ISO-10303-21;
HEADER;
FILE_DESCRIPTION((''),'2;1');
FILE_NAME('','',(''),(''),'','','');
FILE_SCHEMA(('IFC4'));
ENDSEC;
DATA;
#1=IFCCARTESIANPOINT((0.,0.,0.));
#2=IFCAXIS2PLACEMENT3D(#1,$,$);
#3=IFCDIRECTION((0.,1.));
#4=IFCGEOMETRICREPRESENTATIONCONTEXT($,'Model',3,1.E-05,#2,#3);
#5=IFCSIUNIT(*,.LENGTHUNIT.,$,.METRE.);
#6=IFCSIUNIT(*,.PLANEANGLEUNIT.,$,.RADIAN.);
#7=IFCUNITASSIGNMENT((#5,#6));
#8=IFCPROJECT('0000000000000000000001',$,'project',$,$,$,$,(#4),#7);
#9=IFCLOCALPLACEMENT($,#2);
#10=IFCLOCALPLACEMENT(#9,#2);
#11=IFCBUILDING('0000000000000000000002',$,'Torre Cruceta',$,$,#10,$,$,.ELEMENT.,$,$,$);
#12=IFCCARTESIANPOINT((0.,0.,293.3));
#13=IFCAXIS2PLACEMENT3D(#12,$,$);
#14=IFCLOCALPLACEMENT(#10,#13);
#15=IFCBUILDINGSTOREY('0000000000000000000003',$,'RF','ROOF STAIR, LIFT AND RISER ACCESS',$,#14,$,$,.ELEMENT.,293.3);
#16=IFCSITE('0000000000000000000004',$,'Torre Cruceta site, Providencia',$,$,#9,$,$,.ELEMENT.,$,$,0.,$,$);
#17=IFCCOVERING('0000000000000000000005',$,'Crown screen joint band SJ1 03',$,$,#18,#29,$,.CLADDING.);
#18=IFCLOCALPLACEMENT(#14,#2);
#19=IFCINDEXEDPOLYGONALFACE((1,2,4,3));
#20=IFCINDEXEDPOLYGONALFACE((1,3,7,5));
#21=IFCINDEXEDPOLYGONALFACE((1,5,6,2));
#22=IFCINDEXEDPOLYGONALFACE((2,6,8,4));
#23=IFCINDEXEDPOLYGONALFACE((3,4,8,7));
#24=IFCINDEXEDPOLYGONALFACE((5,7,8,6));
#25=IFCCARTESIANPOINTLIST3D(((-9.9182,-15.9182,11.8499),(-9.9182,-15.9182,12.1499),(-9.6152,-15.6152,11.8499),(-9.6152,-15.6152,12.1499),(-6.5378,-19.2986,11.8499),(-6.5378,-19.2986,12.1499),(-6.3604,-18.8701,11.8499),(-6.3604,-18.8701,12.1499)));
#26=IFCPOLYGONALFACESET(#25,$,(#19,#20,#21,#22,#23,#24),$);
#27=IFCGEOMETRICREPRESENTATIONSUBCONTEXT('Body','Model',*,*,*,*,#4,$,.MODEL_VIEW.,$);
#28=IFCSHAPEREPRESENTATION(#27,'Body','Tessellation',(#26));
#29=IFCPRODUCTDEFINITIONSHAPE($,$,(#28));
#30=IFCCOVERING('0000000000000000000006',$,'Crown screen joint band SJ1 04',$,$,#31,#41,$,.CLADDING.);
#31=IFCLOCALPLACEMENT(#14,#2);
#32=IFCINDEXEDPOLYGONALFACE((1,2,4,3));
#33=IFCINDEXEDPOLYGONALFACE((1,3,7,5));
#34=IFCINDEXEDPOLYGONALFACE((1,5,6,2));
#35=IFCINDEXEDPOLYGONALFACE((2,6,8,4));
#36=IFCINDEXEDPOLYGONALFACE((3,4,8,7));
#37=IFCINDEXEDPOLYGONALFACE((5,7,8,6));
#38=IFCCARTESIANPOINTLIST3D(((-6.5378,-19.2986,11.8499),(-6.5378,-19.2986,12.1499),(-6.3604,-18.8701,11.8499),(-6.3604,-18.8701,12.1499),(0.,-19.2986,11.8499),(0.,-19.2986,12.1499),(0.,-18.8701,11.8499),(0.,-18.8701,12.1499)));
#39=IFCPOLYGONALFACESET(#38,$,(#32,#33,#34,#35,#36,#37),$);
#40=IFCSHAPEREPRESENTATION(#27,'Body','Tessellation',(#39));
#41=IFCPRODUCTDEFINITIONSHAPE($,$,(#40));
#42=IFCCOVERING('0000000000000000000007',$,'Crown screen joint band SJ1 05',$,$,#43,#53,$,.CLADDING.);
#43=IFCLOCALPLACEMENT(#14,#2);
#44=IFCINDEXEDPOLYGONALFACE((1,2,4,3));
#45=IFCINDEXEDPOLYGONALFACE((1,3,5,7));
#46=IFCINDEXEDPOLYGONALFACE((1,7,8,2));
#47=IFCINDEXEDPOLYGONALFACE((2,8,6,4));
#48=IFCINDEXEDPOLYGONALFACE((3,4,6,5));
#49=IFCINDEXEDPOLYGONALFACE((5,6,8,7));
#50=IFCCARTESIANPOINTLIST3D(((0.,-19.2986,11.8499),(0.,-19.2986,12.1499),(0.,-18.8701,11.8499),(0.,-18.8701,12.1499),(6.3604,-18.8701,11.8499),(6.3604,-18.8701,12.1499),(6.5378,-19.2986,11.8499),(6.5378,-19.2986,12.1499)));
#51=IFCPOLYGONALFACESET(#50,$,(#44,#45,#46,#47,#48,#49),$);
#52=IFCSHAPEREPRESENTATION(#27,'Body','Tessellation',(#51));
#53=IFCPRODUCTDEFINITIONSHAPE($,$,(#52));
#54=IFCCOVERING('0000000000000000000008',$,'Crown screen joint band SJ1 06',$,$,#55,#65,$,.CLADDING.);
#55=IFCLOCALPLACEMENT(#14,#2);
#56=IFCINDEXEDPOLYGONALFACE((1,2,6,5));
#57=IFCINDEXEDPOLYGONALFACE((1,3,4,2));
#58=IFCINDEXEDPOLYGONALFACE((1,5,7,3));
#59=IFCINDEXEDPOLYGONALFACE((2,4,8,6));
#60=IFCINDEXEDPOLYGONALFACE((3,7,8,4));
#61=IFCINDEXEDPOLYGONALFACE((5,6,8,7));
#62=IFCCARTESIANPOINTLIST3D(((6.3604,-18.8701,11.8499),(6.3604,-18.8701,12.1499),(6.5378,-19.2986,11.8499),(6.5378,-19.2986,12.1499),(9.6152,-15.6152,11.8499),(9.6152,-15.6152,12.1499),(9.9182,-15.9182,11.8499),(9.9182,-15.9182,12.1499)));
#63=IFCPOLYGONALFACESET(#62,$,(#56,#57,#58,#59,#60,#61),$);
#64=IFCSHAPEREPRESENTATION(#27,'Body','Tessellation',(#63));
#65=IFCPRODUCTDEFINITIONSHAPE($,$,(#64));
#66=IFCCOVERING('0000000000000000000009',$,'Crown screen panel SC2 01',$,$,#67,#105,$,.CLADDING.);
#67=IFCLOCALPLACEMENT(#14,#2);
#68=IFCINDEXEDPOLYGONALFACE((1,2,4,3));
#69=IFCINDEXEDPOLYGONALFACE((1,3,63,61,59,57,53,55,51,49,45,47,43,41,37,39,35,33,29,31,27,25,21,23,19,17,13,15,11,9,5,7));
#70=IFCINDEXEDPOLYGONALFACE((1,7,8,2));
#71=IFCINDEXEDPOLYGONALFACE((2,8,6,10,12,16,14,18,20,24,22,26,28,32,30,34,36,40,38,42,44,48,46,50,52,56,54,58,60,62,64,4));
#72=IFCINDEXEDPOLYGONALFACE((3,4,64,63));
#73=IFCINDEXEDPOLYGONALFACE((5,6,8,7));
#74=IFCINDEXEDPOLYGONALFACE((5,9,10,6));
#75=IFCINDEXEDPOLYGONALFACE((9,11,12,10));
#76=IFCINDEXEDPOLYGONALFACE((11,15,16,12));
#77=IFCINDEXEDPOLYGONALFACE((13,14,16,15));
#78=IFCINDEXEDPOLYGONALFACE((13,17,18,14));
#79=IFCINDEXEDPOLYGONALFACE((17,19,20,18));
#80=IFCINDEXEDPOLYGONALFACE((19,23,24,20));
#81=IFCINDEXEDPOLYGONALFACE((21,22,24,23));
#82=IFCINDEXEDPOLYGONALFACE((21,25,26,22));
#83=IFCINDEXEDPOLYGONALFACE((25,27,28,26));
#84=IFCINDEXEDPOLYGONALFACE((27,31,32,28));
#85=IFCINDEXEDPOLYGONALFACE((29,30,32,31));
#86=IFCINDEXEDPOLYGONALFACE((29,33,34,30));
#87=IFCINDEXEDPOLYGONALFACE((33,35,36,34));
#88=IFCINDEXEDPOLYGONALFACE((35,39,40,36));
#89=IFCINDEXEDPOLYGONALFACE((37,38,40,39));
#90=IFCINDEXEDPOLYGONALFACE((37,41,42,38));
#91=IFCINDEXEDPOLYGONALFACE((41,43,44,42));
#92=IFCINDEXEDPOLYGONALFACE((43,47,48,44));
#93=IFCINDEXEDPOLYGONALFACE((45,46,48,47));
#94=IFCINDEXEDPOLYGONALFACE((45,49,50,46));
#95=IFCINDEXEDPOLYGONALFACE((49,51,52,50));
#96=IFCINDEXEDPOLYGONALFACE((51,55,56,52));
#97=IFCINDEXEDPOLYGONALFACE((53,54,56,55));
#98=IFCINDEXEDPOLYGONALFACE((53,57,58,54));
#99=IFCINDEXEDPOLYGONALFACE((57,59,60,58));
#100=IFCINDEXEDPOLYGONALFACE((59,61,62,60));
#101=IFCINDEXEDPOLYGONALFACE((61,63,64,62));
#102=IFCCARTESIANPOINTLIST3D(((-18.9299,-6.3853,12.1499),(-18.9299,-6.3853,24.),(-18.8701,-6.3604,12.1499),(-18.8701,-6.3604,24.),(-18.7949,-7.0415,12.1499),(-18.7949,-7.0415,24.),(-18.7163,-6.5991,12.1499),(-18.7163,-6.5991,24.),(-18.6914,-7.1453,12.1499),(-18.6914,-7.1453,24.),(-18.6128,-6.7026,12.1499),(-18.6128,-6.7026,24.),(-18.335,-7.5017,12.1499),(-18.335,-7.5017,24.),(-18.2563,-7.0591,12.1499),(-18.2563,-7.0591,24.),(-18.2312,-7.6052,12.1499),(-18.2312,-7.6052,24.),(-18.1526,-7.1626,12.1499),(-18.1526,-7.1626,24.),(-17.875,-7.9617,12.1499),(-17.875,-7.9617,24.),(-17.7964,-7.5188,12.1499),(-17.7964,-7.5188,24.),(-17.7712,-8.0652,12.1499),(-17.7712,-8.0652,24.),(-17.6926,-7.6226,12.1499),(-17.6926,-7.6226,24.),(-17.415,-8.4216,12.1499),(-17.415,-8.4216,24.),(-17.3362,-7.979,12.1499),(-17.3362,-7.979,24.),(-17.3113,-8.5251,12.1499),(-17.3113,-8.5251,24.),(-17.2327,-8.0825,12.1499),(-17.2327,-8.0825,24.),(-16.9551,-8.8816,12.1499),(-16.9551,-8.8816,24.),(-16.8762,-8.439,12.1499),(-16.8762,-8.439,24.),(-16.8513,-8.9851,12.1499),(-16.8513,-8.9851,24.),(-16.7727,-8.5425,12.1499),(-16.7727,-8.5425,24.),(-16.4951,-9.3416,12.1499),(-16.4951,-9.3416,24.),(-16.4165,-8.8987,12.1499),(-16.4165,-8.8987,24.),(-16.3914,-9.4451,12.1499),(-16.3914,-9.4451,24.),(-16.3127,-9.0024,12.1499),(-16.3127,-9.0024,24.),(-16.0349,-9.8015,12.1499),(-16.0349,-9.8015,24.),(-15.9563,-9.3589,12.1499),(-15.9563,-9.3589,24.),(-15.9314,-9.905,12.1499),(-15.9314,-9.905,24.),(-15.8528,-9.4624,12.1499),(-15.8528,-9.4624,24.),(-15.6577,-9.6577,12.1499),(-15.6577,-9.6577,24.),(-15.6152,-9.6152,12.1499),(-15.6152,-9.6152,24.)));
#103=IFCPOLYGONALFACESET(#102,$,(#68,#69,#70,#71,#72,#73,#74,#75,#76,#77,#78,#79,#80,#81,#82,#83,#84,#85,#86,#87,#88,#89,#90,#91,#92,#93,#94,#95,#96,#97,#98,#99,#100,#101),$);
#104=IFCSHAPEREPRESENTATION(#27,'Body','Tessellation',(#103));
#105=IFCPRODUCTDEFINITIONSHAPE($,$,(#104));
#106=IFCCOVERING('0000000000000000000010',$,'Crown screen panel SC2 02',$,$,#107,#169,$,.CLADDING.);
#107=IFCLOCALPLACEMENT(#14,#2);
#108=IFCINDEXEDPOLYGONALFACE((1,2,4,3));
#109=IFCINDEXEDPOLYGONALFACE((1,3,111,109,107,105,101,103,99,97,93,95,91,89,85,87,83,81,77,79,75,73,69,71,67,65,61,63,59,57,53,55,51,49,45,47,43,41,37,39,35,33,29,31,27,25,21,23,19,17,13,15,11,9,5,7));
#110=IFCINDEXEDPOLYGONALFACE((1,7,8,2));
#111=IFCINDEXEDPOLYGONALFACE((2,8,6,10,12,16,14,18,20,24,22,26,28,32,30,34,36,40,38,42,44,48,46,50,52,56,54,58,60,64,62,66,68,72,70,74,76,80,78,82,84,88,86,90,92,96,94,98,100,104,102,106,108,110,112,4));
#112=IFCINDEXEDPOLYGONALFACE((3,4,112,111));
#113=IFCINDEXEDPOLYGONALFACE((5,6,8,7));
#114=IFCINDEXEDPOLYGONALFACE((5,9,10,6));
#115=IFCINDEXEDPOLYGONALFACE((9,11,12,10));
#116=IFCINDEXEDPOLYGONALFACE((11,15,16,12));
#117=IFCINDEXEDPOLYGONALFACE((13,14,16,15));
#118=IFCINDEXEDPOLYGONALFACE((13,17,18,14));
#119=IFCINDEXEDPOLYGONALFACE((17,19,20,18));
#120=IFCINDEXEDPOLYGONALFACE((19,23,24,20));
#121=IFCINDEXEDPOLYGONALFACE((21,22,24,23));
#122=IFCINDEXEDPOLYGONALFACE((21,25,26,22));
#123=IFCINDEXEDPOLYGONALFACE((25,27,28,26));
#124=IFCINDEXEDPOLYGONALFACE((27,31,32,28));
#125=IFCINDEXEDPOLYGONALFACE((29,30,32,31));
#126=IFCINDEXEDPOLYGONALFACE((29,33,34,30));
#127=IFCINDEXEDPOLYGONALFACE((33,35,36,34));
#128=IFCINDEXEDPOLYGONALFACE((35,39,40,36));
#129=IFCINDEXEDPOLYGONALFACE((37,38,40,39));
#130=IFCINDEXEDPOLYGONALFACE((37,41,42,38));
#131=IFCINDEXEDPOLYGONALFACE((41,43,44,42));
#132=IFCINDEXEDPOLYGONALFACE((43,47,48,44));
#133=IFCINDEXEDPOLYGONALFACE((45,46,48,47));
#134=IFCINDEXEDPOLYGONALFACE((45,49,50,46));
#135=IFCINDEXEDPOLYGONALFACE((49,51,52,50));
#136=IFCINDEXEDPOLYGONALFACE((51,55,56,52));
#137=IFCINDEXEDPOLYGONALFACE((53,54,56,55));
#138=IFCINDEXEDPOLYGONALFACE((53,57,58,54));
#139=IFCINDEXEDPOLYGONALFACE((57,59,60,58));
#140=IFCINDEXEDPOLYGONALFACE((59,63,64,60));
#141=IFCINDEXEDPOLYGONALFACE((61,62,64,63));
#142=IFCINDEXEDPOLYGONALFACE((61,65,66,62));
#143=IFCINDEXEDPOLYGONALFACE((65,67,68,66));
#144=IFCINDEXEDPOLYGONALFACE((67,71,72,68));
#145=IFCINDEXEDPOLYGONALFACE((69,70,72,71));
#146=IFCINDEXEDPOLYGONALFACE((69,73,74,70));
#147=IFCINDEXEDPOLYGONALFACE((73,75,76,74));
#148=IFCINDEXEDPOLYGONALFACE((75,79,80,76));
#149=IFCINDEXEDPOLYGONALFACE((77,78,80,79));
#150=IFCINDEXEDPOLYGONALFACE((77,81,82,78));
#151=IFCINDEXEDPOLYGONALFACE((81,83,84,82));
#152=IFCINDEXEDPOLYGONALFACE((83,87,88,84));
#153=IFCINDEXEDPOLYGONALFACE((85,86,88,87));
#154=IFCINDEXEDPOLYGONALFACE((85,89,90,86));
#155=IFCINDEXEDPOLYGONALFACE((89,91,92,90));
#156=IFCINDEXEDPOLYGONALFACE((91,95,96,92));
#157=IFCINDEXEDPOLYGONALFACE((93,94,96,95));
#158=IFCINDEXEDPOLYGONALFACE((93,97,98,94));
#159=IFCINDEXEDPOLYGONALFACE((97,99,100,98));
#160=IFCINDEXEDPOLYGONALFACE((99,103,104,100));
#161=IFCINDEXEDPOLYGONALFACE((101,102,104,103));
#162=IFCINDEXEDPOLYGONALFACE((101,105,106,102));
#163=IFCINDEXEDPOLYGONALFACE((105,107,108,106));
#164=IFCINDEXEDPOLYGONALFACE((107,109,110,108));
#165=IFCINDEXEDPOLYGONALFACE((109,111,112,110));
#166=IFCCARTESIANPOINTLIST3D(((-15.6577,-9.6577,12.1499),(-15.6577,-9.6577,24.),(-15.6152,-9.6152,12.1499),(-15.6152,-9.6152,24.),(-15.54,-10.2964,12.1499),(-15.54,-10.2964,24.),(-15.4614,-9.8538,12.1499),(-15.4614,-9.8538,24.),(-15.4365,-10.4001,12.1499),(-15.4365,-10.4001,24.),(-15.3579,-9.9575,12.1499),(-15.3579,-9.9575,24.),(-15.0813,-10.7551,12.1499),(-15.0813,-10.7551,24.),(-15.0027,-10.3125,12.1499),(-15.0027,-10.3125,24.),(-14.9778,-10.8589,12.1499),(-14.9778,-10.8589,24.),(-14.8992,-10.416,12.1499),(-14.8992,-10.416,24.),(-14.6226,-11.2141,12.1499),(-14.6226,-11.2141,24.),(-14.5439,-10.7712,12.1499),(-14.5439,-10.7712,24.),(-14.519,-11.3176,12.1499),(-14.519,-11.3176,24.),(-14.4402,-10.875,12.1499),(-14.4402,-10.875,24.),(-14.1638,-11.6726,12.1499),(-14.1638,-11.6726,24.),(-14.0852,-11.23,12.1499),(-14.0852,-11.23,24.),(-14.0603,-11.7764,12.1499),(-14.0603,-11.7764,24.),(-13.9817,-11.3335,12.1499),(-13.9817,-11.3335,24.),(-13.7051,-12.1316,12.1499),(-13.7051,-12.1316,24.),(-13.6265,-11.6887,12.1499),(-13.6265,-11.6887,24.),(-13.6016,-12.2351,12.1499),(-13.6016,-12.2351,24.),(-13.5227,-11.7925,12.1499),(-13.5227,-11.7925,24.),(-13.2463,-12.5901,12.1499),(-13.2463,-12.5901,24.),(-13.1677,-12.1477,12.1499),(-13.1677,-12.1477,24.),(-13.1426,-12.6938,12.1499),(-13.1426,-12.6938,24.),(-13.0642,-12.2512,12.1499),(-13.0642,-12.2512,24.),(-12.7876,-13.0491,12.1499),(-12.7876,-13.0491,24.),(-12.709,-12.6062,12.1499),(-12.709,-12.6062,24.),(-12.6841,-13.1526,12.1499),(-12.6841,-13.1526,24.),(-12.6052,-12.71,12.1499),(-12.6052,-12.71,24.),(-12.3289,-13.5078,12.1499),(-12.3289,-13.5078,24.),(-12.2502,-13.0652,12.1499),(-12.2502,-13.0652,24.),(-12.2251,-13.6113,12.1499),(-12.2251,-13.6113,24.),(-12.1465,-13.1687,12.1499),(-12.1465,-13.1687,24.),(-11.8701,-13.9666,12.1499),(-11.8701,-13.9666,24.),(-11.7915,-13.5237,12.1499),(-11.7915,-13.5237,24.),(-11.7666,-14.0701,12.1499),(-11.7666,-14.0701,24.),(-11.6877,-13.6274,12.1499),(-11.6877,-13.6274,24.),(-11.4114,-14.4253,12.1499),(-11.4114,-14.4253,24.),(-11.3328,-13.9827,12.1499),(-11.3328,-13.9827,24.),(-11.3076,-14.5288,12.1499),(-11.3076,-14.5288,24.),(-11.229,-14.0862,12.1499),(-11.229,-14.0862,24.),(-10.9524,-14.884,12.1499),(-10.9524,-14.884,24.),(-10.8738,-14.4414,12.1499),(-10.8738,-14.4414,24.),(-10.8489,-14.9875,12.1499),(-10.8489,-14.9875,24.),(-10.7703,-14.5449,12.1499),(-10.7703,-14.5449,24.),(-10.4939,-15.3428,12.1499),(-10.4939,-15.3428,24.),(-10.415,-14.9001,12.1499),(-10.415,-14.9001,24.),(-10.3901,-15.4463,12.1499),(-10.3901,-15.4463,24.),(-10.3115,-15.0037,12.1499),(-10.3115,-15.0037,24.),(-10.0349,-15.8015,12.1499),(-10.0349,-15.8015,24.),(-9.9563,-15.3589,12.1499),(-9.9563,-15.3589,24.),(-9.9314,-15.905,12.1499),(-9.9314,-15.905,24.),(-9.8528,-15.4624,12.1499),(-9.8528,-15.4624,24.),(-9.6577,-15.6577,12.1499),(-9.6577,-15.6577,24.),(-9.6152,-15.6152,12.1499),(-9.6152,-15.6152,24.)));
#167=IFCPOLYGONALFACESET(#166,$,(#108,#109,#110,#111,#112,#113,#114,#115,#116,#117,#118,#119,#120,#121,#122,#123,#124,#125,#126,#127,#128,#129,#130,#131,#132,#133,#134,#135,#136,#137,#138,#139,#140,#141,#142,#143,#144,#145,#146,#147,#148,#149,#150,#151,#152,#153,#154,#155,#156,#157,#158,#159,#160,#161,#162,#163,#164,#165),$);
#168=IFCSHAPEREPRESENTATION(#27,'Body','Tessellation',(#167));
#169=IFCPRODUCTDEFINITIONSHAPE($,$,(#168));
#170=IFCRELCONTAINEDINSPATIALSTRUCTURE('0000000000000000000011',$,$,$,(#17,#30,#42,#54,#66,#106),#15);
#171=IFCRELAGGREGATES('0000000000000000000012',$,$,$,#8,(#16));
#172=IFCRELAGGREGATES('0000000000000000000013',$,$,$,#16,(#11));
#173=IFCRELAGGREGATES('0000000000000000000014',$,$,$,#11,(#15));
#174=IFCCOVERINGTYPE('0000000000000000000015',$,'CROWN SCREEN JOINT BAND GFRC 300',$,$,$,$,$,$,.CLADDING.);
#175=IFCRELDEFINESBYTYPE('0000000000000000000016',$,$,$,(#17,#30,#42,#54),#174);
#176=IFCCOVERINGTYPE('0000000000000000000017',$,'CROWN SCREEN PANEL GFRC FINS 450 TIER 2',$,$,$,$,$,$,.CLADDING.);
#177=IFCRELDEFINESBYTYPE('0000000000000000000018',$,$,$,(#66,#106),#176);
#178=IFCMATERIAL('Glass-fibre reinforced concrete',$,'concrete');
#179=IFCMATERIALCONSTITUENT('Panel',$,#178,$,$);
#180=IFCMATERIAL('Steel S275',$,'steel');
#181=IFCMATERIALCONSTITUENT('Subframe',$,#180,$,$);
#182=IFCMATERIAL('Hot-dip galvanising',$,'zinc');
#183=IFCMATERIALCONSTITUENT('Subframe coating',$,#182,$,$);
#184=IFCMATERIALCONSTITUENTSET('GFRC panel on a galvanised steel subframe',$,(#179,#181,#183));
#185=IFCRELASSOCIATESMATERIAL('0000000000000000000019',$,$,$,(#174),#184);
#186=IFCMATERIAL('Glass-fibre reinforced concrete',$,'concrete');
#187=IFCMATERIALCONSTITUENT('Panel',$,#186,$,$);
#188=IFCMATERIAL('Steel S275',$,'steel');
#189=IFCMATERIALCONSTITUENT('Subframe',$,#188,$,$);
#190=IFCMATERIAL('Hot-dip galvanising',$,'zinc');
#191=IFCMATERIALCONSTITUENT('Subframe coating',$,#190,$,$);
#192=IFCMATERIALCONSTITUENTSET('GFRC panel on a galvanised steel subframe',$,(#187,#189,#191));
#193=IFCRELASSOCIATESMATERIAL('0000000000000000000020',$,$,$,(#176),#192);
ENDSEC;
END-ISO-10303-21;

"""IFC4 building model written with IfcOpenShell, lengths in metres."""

from ifc_helpers import new_model, si_unit, direction, frame, origin, place, context, subcontext, project, spatial, polyline, outline, extrude, material, constituent, constituent_set, type_object, element, save


model = new_model("IFC4")

# Units and contexts
model_context = context("Model", 3, precision=1e-05, world=origin(), true_north=direction((0.0, 1.0)))
body_context = subcontext(model_context, "Body", "Model", "MODEL_VIEW")
ifc_project = project(units=[si_unit("LENGTHUNIT", "METRE"), si_unit("PLANEANGLEUNIT", "RADIAN")], contexts=[model_context])

# Site, building, storey
site_placement = place(None, origin())
site = spatial("IfcSite", under=ifc_project, at=site_placement, Name="Torre Cruceta site, Providencia", CompositionType="ELEMENT", RefElevation=0.0)
building_placement = place(site_placement, origin())
building = spatial("IfcBuilding", under=site, at=building_placement, Name="Torre Cruceta", CompositionType="ELEMENT")
storey_placement = place(building_placement, frame((0.0, 0.0, 293.3)))
storey = spatial("IfcBuildingStorey", under=building, at=storey_placement, Name="RF", Description="ROOF STAIR, LIFT AND RISER ACCESS", CompositionType="ELEMENT", Elevation=293.3)

# Coverings
ifc_material_1 = material(Name="Glass-fibre reinforced concrete", Category="concrete")
ifc_constituent_1 = constituent(ifc_material_1, Name="Panel")
ifc_material_2 = material(Name="Steel S275", Category="steel")
ifc_constituent_2 = constituent(ifc_material_2, Name="Subframe")
ifc_material_3 = material(Name="Hot-dip galvanising", Category="zinc")
ifc_constituent_3 = constituent(ifc_material_3, Name="Subframe coating")
ifc_constituent_set_1 = constituent_set(constituents=[ifc_constituent_1, ifc_constituent_2, ifc_constituent_3], Name="GFRC panel on a galvanised steel subframe")
covering_type_1 = type_object("IfcCoveringType", Name="CROWN SCREEN JOINT BAND GFRC 300", PredefinedType="CLADDING", material=ifc_constituent_set_1)
covering_1_placement = place(storey_placement, frame((0.0, 0.0, 11.8499)))
element("IfcCovering", 1, at=covering_1_placement, inside=storey, type_object=covering_type_1, Name="Crown screen joint band SJ1 03", PredefinedType="CLADDING", context=body_context, shape_type="SweptSolid", body=[
    extrude(outline(polyline([(-9.9182, -15.9182), (-6.5378, -19.2986), (-6.3604, -18.8701), (-9.6152, -15.6152), (-9.9182, -15.9182)])), origin(), (0.0, 0.0, 1.0), 0.3),
])
covering_2_placement = place(storey_placement, frame((0.0, 0.0, 11.8499)))
element("IfcCovering", 2, at=covering_2_placement, inside=storey, type_object=covering_type_1, Name="Crown screen joint band SJ1 04", PredefinedType="CLADDING", context=body_context, shape_type="SweptSolid", body=[
    extrude(outline(polyline([(-6.5378, -19.2986), (0.0, -19.2986), (0.0, -18.8701), (-6.3604, -18.8701), (-6.5378, -19.2986)])), origin(), (0.0, 0.0, 1.0), 0.3),
])
covering_3_placement = place(storey_placement, frame((0.0, 0.0, 11.8499)))
element("IfcCovering", 3, at=covering_3_placement, inside=storey, type_object=covering_type_1, Name="Crown screen joint band SJ1 05", PredefinedType="CLADDING", context=body_context, shape_type="SweptSolid", body=[
    extrude(outline(polyline([(0.0, -19.2986), (6.5378, -19.2986), (6.3604, -18.8701), (0.0, -18.8701), (0.0, -19.2986)])), origin(), (0.0, 0.0, 1.0), 0.3),
])
covering_4_placement = place(storey_placement, frame((0.0, 0.0, 11.8499)))
element("IfcCovering", 4, at=covering_4_placement, inside=storey, type_object=covering_type_1, Name="Crown screen joint band SJ1 06", PredefinedType="CLADDING", context=body_context, shape_type="SweptSolid", body=[
    extrude(outline(polyline([(6.5378, -19.2986), (9.9182, -15.9182), (9.6152, -15.6152), (6.3604, -18.8701), (6.5378, -19.2986)])), origin(), (0.0, 0.0, 1.0), 0.3),
])
ifc_material_4 = material(Name="Glass-fibre reinforced concrete", Category="concrete")
ifc_constituent_4 = constituent(ifc_material_4, Name="Panel")
ifc_material_5 = material(Name="Steel S275", Category="steel")
ifc_constituent_5 = constituent(ifc_material_5, Name="Subframe")
ifc_material_6 = material(Name="Hot-dip galvanising", Category="zinc")
ifc_constituent_6 = constituent(ifc_material_6, Name="Subframe coating")
ifc_constituent_set_2 = constituent_set(constituents=[ifc_constituent_4, ifc_constituent_5, ifc_constituent_6], Name="GFRC panel on a galvanised steel subframe")
covering_type_2 = type_object("IfcCoveringType", Name="CROWN SCREEN PANEL GFRC FINS 450 TIER 2", PredefinedType="CLADDING", material=ifc_constituent_set_2)
covering_5_placement = place(storey_placement, frame((0.0, 0.0, 12.1499)))
element("IfcCovering", 5, at=covering_5_placement, inside=storey, type_object=covering_type_2, Name="Crown screen panel SC2 01", PredefinedType="CLADDING", context=body_context, shape_type="SweptSolid", body=[
    extrude(outline(polyline([(-15.9314, -9.905), (-15.8528, -9.4624), (-15.6577, -9.6577), (-15.6152, -9.6152), (-18.8701, -6.3604), (-18.9299, -6.3853), (-18.7163, -6.5991), (-18.7949, -7.0415), (-18.6914, -7.1453), (-18.6128, -6.7026), (-18.2563, -7.0591), (-18.335, -7.5017), (-18.2312, -7.6052), (-18.1526, -7.1626), (-17.7964, -7.5188), (-17.875, -7.9617), (-17.7712, -8.0652), (-17.6926, -7.6226), (-17.3362, -7.979), (-17.415, -8.4216), (-17.3113, -8.5251), (-17.2327, -8.0825), (-16.8762, -8.439), (-16.9551, -8.8816), (-16.8513, -8.9851), (-16.7727, -8.5425), (-16.4165, -8.8987), (-16.4951, -9.3416), (-16.3914, -9.4451), (-16.3127, -9.0024), (-15.9563, -9.3589), (-16.0349, -9.8015), (-15.9314, -9.905)])), origin(), (0.0, 0.0, 1.0), 11.8501),
])
covering_6_placement = place(storey_placement, frame((0.0, 0.0, 12.1499)))
element("IfcCovering", 6, at=covering_6_placement, inside=storey, type_object=covering_type_2, Name="Crown screen panel SC2 02", PredefinedType="CLADDING", context=body_context, shape_type="SweptSolid", body=[
    extrude(outline(polyline([(-12.6841, -13.1526), (-12.6052, -12.71), (-12.2502, -13.0652), (-12.3289, -13.5078), (-12.2251, -13.6113), (-12.1465, -13.1687), (-11.7915, -13.5237), (-11.8701, -13.9666), (-11.7666, -14.0701), (-11.6877, -13.6274), (-11.3328, -13.9827), (-11.4114, -14.4253), (-11.3076, -14.5288), (-11.229, -14.0862), (-10.8738, -14.4414), (-10.9524, -14.884), (-10.8489, -14.9875), (-10.7703, -14.5449), (-10.415, -14.9001), (-10.4939, -15.3428), (-10.3901, -15.4463), (-10.3115, -15.0037), (-9.9563, -15.3589), (-10.0349, -15.8015), (-9.9314, -15.905), (-9.8528, -15.4624), (-9.6577, -15.6577), (-9.6152, -15.6152), (-15.6152, -9.6152), (-15.6577, -9.6577), (-15.4614, -9.8538), (-15.54, -10.2964), (-15.4365, -10.4001), (-15.3579, -9.9575), (-15.0027, -10.3125), (-15.0813, -10.7551), (-14.9778, -10.8589), (-14.8992, -10.416), (-14.5439, -10.7712), (-14.6226, -11.2141), (-14.519, -11.3176), (-14.4402, -10.875), (-14.0852, -11.23), (-14.1638, -11.6726), (-14.0603, -11.7764), (-13.9817, -11.3335), (-13.6265, -11.6887), (-13.7051, -12.1316), (-13.6016, -12.2351), (-13.5227, -11.7925), (-13.1677, -12.1477), (-13.2463, -12.5901), (-13.1426, -12.6938), (-13.0642, -12.2512), (-12.709, -12.6062), (-12.7876, -13.0491), (-12.6841, -13.1526)])), origin(), (0.0, 0.0, 1.0), 11.8501),
])

save(model, "model.ifc")
